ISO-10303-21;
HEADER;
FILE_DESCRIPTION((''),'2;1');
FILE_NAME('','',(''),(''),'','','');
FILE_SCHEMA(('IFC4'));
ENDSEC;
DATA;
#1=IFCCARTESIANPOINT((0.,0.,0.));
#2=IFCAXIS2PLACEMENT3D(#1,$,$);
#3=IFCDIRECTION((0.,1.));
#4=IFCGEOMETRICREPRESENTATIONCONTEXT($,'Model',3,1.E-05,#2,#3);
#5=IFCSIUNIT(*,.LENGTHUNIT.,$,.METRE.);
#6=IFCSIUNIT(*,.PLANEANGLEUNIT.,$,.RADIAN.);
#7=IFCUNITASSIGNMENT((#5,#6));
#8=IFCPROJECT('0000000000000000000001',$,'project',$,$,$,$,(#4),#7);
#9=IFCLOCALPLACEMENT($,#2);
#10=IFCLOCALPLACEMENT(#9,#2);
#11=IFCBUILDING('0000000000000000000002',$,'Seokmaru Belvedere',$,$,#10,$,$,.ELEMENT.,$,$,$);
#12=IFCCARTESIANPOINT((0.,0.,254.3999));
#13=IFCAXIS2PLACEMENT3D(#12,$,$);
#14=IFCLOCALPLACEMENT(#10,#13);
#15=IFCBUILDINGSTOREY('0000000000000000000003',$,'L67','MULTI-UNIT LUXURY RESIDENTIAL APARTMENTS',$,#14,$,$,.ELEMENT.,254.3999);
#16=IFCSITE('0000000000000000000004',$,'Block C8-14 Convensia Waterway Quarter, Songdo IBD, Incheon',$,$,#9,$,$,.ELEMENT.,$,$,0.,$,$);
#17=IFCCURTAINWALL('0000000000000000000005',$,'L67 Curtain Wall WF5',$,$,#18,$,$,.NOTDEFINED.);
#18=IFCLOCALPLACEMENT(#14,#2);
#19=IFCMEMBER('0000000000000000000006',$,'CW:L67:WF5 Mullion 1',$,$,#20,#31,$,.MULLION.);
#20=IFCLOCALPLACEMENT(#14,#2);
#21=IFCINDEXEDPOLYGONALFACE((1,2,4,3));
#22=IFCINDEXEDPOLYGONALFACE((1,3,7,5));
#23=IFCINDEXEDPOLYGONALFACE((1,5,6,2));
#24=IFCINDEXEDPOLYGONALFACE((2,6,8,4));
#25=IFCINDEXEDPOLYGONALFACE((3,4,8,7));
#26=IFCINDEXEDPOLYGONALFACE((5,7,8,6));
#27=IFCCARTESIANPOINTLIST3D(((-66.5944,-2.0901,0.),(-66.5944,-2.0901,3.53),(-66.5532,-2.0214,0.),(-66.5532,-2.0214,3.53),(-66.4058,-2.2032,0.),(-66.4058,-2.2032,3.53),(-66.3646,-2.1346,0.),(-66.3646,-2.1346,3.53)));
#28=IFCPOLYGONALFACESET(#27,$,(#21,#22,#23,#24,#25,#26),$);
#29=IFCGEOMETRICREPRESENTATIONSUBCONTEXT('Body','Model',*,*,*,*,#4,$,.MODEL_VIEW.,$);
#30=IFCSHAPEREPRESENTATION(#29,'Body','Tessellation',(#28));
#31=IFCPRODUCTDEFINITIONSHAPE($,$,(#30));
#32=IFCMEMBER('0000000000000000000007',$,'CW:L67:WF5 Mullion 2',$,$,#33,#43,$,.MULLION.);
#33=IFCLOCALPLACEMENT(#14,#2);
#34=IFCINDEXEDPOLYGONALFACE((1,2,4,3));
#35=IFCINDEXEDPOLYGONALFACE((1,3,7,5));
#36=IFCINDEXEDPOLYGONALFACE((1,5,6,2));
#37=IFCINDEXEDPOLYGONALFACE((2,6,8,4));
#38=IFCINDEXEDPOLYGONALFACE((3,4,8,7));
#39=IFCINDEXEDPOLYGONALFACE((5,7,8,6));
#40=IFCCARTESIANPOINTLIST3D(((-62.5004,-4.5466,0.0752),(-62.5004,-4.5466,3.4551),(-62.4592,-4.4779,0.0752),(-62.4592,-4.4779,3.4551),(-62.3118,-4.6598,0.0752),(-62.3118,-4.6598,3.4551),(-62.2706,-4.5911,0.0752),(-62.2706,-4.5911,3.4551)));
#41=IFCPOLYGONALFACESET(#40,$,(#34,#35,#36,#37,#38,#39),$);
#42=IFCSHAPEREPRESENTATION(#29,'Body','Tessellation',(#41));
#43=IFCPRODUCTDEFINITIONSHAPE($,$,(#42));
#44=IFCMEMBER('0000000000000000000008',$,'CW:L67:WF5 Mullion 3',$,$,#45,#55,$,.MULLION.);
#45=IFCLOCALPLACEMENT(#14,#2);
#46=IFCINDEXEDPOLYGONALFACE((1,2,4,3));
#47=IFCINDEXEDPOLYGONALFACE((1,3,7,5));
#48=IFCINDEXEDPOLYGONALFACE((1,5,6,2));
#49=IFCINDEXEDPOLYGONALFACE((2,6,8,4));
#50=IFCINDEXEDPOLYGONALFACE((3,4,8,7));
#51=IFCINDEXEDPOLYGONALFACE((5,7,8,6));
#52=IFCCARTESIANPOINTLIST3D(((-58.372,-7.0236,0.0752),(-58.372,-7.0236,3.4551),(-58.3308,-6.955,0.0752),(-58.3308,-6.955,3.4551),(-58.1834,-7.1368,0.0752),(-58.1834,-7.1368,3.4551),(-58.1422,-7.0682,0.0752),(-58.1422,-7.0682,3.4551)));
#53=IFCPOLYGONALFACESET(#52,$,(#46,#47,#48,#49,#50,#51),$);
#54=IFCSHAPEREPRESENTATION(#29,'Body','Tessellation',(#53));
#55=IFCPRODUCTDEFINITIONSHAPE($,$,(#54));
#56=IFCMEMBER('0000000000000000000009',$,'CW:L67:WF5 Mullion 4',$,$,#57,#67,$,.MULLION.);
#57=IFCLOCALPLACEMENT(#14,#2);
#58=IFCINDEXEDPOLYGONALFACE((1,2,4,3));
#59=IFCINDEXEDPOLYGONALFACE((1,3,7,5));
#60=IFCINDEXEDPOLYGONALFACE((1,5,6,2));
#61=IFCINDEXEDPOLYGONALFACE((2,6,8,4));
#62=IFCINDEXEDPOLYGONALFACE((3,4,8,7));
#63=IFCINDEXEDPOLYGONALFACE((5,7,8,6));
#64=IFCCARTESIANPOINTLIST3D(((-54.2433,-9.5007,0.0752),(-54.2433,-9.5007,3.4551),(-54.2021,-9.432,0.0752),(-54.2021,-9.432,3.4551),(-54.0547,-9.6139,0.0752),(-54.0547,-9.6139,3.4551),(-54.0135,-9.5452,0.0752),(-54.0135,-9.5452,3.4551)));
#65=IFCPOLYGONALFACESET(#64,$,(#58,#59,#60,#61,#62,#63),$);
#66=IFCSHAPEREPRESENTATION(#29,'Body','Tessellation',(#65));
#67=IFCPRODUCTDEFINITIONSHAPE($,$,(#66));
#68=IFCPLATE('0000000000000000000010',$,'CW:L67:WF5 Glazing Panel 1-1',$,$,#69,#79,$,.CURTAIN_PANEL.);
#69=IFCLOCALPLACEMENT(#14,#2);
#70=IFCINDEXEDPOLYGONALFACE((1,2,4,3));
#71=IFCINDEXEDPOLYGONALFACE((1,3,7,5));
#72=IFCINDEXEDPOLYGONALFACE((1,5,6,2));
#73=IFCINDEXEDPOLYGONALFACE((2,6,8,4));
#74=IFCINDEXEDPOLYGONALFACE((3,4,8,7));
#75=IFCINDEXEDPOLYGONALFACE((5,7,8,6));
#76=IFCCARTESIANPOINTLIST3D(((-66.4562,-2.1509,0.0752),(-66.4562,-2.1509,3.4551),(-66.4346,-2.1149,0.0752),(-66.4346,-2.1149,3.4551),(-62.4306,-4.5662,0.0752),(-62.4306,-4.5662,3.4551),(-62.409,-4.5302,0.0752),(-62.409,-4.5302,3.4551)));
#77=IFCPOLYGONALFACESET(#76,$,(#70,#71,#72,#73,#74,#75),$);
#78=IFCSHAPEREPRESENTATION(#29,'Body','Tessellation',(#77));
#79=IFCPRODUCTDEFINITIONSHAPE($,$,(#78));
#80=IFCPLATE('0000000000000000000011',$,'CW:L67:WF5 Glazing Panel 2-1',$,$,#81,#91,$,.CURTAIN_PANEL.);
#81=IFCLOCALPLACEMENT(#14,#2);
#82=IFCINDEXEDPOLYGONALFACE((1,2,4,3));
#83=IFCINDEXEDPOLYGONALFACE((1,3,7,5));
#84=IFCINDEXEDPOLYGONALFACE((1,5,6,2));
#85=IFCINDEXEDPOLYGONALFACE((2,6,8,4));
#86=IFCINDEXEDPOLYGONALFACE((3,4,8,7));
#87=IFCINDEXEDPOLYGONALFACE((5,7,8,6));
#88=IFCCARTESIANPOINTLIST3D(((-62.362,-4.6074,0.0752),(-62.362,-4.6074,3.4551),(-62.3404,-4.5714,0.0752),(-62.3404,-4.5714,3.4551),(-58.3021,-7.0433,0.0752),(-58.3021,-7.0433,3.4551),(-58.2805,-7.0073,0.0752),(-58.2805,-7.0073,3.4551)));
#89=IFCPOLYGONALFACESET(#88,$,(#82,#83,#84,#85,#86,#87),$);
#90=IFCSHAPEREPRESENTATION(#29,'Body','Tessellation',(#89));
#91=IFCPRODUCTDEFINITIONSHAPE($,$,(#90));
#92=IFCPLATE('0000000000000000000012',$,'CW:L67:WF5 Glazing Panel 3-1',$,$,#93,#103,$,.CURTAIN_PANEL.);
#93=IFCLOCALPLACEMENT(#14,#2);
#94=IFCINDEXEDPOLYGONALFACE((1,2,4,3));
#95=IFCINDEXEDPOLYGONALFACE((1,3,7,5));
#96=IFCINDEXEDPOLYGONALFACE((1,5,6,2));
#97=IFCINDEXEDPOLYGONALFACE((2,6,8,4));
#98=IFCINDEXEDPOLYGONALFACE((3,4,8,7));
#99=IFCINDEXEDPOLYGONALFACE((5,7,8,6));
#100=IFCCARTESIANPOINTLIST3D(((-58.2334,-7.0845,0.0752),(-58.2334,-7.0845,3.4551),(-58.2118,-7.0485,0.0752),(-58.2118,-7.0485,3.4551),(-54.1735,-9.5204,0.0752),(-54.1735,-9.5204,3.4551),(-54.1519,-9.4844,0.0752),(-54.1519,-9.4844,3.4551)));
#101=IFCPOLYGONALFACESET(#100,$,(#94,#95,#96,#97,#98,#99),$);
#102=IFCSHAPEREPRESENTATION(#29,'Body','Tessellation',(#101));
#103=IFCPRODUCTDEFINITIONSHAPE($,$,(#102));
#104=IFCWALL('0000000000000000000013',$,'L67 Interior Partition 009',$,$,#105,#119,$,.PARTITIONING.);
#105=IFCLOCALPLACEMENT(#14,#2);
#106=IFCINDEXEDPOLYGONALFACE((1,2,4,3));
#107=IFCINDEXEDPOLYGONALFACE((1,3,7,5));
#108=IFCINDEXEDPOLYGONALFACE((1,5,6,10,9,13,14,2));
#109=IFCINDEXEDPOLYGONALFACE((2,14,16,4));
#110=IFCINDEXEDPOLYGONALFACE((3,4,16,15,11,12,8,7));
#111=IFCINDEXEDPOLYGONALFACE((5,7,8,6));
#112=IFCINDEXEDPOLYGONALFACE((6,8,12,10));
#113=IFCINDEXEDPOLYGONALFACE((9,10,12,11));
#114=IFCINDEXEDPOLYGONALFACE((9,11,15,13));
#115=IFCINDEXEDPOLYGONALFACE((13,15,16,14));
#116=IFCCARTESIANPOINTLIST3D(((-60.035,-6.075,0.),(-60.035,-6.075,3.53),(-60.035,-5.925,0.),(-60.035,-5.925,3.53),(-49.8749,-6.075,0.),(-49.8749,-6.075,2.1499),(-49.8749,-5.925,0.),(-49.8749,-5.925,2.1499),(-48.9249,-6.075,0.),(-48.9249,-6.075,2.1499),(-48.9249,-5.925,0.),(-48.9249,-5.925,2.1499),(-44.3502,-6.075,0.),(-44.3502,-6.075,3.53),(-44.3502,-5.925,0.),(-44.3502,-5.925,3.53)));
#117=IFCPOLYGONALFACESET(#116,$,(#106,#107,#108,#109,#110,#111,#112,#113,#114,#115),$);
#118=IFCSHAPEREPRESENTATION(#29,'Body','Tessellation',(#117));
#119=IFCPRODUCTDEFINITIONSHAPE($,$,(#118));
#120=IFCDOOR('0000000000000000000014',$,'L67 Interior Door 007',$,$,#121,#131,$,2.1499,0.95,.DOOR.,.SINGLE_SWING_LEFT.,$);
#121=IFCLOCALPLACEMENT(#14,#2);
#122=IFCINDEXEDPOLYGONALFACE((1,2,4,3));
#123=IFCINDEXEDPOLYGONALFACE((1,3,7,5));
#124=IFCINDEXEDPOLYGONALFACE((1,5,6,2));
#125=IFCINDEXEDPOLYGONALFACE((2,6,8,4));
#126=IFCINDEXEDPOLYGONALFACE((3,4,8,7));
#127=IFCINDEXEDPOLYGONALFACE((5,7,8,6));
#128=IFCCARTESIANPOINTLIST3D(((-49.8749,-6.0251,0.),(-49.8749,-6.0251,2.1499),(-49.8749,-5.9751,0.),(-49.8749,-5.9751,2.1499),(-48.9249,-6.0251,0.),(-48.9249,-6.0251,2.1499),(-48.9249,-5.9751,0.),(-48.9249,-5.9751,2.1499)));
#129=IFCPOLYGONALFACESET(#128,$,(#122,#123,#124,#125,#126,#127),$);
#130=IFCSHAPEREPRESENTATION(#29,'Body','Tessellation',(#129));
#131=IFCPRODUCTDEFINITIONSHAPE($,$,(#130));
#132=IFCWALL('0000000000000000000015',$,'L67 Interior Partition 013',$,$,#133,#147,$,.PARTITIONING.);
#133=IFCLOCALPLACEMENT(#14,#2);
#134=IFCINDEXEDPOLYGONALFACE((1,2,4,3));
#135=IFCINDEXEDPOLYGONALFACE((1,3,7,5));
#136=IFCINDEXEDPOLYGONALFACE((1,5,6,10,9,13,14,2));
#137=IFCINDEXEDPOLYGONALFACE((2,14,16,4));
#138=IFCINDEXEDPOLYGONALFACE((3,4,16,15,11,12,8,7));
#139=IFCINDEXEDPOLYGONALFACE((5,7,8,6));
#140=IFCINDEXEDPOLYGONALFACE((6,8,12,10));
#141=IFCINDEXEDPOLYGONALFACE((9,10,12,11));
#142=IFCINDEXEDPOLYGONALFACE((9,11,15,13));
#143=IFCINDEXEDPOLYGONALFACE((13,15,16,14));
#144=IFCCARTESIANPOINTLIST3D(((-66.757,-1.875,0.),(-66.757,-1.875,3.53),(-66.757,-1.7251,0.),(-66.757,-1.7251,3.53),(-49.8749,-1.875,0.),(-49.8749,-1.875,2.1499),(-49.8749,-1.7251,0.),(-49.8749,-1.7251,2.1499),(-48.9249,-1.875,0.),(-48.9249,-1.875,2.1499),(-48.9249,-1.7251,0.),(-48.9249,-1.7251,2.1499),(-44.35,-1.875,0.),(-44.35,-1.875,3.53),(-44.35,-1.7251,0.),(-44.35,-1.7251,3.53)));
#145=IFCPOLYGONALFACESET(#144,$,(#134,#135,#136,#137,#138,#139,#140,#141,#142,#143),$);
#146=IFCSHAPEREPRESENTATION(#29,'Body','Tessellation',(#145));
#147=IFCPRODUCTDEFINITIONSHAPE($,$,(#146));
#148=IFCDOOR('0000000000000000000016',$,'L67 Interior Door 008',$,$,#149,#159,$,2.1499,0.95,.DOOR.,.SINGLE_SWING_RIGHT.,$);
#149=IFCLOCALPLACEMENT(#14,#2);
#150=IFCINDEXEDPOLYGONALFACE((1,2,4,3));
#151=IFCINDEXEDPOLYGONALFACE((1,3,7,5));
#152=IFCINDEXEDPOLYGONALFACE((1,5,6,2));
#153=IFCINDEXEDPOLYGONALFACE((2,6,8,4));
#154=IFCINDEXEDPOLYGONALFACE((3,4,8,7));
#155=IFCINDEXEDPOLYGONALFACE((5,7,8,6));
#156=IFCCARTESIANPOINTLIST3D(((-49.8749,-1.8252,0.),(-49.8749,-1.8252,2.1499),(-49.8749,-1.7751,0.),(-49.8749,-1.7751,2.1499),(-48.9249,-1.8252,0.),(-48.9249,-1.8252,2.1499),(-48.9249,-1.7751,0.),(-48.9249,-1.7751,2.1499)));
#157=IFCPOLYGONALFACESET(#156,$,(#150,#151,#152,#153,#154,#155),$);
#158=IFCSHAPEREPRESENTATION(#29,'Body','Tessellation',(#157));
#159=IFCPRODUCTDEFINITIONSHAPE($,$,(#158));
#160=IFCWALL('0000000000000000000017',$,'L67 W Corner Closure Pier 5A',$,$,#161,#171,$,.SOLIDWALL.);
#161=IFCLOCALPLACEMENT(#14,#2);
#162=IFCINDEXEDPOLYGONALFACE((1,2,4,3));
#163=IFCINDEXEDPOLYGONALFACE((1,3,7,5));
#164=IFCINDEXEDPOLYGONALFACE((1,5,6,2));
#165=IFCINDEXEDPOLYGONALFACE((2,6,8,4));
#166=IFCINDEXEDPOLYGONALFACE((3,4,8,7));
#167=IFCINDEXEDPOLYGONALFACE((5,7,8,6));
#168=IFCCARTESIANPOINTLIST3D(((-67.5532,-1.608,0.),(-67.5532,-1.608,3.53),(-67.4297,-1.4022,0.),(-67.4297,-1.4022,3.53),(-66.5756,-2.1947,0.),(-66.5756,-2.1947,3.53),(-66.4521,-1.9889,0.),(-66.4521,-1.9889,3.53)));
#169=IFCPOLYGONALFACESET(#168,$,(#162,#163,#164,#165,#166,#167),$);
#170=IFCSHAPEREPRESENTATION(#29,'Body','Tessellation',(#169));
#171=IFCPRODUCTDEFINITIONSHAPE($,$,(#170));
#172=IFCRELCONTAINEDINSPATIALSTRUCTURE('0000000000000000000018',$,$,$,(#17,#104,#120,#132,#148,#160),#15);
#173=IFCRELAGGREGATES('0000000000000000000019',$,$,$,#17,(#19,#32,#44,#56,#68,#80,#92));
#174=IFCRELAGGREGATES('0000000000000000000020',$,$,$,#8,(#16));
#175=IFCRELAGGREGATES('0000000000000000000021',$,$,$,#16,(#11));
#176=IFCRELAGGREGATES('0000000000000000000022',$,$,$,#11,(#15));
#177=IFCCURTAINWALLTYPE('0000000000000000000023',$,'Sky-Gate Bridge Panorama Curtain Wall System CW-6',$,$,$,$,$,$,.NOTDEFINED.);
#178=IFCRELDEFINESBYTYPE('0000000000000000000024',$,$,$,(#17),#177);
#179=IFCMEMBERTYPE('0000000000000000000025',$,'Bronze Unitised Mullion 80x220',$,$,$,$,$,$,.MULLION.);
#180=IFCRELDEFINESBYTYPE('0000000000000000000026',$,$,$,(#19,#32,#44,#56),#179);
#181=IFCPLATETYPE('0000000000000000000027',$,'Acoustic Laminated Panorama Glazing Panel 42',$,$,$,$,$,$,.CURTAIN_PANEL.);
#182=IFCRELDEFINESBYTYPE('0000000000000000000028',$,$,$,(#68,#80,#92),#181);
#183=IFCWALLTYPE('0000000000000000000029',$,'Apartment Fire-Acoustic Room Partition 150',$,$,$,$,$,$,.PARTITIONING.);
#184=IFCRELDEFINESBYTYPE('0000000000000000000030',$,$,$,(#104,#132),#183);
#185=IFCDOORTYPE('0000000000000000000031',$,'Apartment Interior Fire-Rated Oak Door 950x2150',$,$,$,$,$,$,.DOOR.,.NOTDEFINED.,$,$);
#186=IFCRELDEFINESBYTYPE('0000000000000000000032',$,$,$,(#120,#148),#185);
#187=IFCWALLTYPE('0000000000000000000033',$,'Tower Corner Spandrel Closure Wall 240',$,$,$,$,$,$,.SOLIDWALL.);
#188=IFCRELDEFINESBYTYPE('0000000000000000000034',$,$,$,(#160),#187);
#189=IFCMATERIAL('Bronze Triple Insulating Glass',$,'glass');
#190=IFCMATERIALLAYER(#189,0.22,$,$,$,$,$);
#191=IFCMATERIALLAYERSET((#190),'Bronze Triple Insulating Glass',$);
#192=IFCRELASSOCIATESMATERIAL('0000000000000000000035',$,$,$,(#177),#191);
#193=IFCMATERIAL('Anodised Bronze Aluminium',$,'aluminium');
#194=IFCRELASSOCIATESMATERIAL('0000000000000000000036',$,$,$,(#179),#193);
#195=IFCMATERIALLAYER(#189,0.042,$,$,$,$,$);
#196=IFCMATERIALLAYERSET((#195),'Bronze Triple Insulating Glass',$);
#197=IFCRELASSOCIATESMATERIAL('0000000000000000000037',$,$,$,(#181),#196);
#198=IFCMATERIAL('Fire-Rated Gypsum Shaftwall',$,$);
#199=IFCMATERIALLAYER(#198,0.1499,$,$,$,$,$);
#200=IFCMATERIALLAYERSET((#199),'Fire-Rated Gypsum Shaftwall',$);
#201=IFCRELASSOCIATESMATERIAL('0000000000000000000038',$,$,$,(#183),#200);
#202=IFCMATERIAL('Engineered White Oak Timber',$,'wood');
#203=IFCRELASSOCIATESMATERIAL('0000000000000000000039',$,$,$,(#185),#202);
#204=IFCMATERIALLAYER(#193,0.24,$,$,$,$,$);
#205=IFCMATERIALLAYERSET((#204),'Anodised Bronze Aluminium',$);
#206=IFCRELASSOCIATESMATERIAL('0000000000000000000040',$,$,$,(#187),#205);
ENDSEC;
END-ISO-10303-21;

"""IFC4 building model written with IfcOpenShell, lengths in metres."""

from ifc_helpers import new_model, si_unit, direction, frame, frame_2d, origin, origin_2d, place, context, subcontext, project, spatial, rectangle, extrude, source, transform, mapped, material, layer, layer_set, material_profile, profile_set, type_object, type_shapes, element, fill, aggregate, save


model = new_model("IFC4")

# Units and contexts
model_context = context("Model", 3, precision=1e-05, world=origin(), true_north=direction((0.0, 1.0)))
body_context = subcontext(model_context, "Body", "Model", "MODEL_VIEW")
ifc_project = project(units=[si_unit("LENGTHUNIT", "METRE"), si_unit("PLANEANGLEUNIT", "RADIAN")], contexts=[model_context])

# Site, building, storey
site_placement = place(None, origin())
site = spatial("IfcSite", under=ifc_project, at=site_placement, Name="Block C8-14 Convensia Waterway Quarter, Songdo IBD, Incheon", CompositionType="ELEMENT", RefElevation=0.0)
building_placement = place(site_placement, origin())
building = spatial("IfcBuilding", under=site, at=building_placement, Name="Seokmaru Belvedere", CompositionType="ELEMENT")
storey_placement = place(building_placement, frame((0.0, 0.0, 254.3999)))
storey = spatial("IfcBuildingStorey", under=building, at=storey_placement, Name="L67", Description="MULTI-UNIT LUXURY RESIDENTIAL APARTMENTS", CompositionType="ELEMENT", Elevation=254.3999)

# Curtain wall, members, plates
ifc_material_1 = material(Name="Bronze Triple Insulating Glass", Category="glass")
ifc_layer_1 = layer(ifc_material_1, 0.22)
ifc_layer_set_1 = layer_set([ifc_layer_1], Name="Bronze Triple Insulating Glass")
curtain_wall_type = type_object("IfcCurtainWallType", Name="Sky-Gate Bridge Panorama Curtain Wall System CW-6", PredefinedType="NOTDEFINED", material=ifc_layer_set_1)
curtain_wall_placement = place(storey_placement, origin())
curtain_wall = element("IfcCurtainWall", 1, at=curtain_wall_placement, inside=storey, type_object=curtain_wall_type, Name="L67 Curtain Wall WF5", PredefinedType="NOTDEFINED")
ifc_material_2 = material(Name="Anodised Bronze Aluminium", Category="aluminium")
ifc_material_profile_1 = material_profile(ifc_material_2, rectangle(XDim=0.0801, YDim=0.22, at=origin_2d()), Name="CW-M-80x220")
ifc_profile_set_1 = profile_set([ifc_material_profile_1], Name="Anodised Bronze Aluminium")
member_type_1 = type_object("IfcMemberType", Name="Bronze Unitised Mullion 80x220", PredefinedType="MULLION", material=ifc_profile_set_1)
shared_shape_1 = source(origin(), body_context, "Body", "SweptSolid", [
    extrude(rectangle(XDim=0.0801, YDim=0.22, at=origin_2d()), origin(), (0.0, 0.0, 1.0), 3.53),
])
member_1_placement = place(storey_placement, frame((-66.4795, -2.1123, 0.0), z_axis=(0.0, 0.0, 1.0), x_axis=(0.514495, 0.857493, 0.0)))
member_1 = element("IfcMember", 2, at=member_1_placement, type_object=member_type_1, Name="CW:L67:WF5 Mullion 1", PredefinedType="MULLION", context=body_context, shape_type="MappedRepresentation", body=[
    mapped(shared_shape_1, transform((0.0, 0.0, 0.0), scale=1.0)),
])
shared_shape_2 = source(origin(), body_context, "Body", "SweptSolid", [
    extrude(rectangle(XDim=0.0801, YDim=0.22, at=origin_2d()), origin(), (0.0, 0.0, 1.0), 3.3799),
])
type_shapes(member_type_1, [shared_shape_1, shared_shape_2])
member_2_placement = place(storey_placement, frame((-62.3855, -4.5688, 0.0752), z_axis=(0.0, 0.0, 1.0), x_axis=(0.514495, 0.857493, 0.0)))
member_2 = element("IfcMember", 3, at=member_2_placement, type_object=member_type_1, Name="CW:L67:WF5 Mullion 2", PredefinedType="MULLION", context=body_context, shape_type="MappedRepresentation", body=[
    mapped(shared_shape_2, transform((0.0, 0.0, 0.0), scale=1.0)),
])
member_3_placement = place(storey_placement, frame((-58.2571, -7.0459, 0.0752), z_axis=(0.0, 0.0, 1.0), x_axis=(0.514495, 0.857493, 0.0)))
member_3 = element("IfcMember", 4, at=member_3_placement, type_object=member_type_1, Name="CW:L67:WF5 Mullion 3", PredefinedType="MULLION", context=body_context, shape_type="MappedRepresentation", body=[
    mapped(shared_shape_2, transform((0.0, 0.0, 0.0), scale=1.0)),
])
member_4_placement = place(storey_placement, frame((-54.1284, -9.5229, 0.0752), z_axis=(0.0, 0.0, 1.0), x_axis=(0.514495, 0.857493, 0.0)))
member_4 = element("IfcMember", 5, at=member_4_placement, type_object=member_type_1, Name="CW:L67:WF5 Mullion 4", PredefinedType="MULLION", context=body_context, shape_type="MappedRepresentation", body=[
    mapped(shared_shape_2, transform((0.0, 0.0, 0.0), scale=1.0)),
])
ifc_layer_2 = layer(ifc_material_1, 0.042)
ifc_layer_set_2 = layer_set([ifc_layer_2], Name="Bronze Triple Insulating Glass")
plate_type = type_object("IfcPlateType", Name="Acoustic Laminated Panorama Glazing Panel 42", PredefinedType="CURTAIN_PANEL", material=ifc_layer_set_2)
shared_shape_3 = source(origin(), body_context, "Body", "SweptSolid", [
    extrude(rectangle(XDim=4.6946, YDim=0.042, at=origin_2d()), origin(), (0.0, 0.0, 1.0), 3.3799),
])
plate_1_placement = place(storey_placement, frame((-64.4326, -3.3406, 0.0752), z_axis=(0.0, 0.0, 1.0), x_axis=(0.857493, -0.514495, 0.0)))
plate_1 = element("IfcPlate", 6, at=plate_1_placement, type_object=plate_type, Name="CW:L67:WF5 Glazing Panel 1-1", PredefinedType="CURTAIN_PANEL", context=body_context, shape_type="MappedRepresentation", body=[
    mapped(shared_shape_3, transform((0.0, 0.0, 0.0), scale=1.0)),
])
shared_shape_4 = source(origin(), body_context, "Body", "SweptSolid", [
    extrude(rectangle(XDim=4.7346, YDim=0.042, at=origin_2d()), origin(), (0.0, 0.0, 1.0), 3.3799),
])
type_shapes(plate_type, [shared_shape_3, shared_shape_4])
plate_2_placement = place(storey_placement, frame((-60.3213, -5.8074, 0.0752), z_axis=(0.0, 0.0, 1.0), x_axis=(0.857493, -0.514495, 0.0)))
plate_2 = element("IfcPlate", 7, at=plate_2_placement, type_object=plate_type, Name="CW:L67:WF5 Glazing Panel 2-1", PredefinedType="CURTAIN_PANEL", context=body_context, shape_type="MappedRepresentation", body=[
    mapped(shared_shape_4, transform((0.0, 0.0, 0.0), scale=1.0)),
])
plate_3_placement = place(storey_placement, frame((-56.1926, -8.2844, 0.0752), z_axis=(0.0, 0.0, 1.0), x_axis=(0.857493, -0.514495, 0.0)))
plate_3 = element("IfcPlate", 8, at=plate_3_placement, type_object=plate_type, Name="CW:L67:WF5 Glazing Panel 3-1", PredefinedType="CURTAIN_PANEL", context=body_context, shape_type="MappedRepresentation", body=[
    mapped(shared_shape_4, transform((0.0, 0.0, 0.0), scale=1.0)),
])
aggregate(curtain_wall, [member_1, member_2, member_3, member_4, plate_1, plate_2, plate_3])

# Walls, openings, doors
ifc_material_3 = material(Name="Fire-Rated Gypsum Shaftwall")
ifc_layer_3 = layer(ifc_material_3, 0.1499)
ifc_layer_set_3 = layer_set([ifc_layer_3], Name="Fire-Rated Gypsum Shaftwall")
wall_type_1 = type_object("IfcWallType", Name="Apartment Fire-Acoustic Room Partition 150", PredefinedType="PARTITIONING", material=ifc_layer_set_3)
wall_1_placement = place(storey_placement, frame((-60.0349, -6.0, 0.0), z_axis=(0.0, 0.0, 1.0), x_axis=(1.0, 0.0, 0.0)))
wall_1 = element("IfcWall", 9, at=wall_1_placement, inside=storey, type_object=wall_type_1, Name="L67 Interior Partition 009", PredefinedType="PARTITIONING", context=body_context, shape_type="SweptSolid", body=[
    extrude(rectangle(XDim=15.6848, YDim=0.1499, at=frame_2d((7.8423, 0.0))), origin(), (0.0, 0.0, 1.0), 3.53),
])
opening_1_placement = place(wall_1_placement, frame((10.1599, 0.0, 0.0)))
opening_1 = element("IfcOpeningElement", 10, at=opening_1_placement, cuts=wall_1, PredefinedType="OPENING", context=body_context, shape_type="SweptSolid", body=[
    extrude(rectangle(XDim=0.95, YDim=2.1499, at=frame_2d((0.4751, 1.075))), frame((0.0, 0.085, 0.0), z_axis=(0.0, -1.0, 0.0), x_axis=(1.0, 0.0, 0.0)), (0.0, 0.0, 1.0), 0.1699),
])
ifc_material_4 = material(Name="Engineered White Oak Timber", Category="wood")
door_type = type_object("IfcDoorType", Name="Apartment Interior Fire-Rated Oak Door 950x2150", OperationType="NOTDEFINED", PredefinedType="DOOR", material=ifc_material_4)
shared_shape_5 = source(origin(), body_context, "Body", "SweptSolid", [
    extrude(rectangle(XDim=0.95, YDim=2.1499, at=frame_2d((0.4751, 1.075))), frame((0.0, 0.0249, 0.0), z_axis=(0.0, -1.0, 0.0), x_axis=(1.0, 0.0, 0.0)), (0.0, 0.0, 1.0), 0.05),
])
type_shapes(door_type, [shared_shape_5])
door_1_placement = place(opening_1_placement, origin())
door_1 = element("IfcDoor", 11, at=door_1_placement, inside=storey, type_object=door_type, Name="L67 Interior Door 007", OperationType="SINGLE_SWING_LEFT", OverallHeight=2.1499, OverallWidth=0.95, PredefinedType="DOOR", context=body_context, shape_type="MappedRepresentation", body=[
    mapped(shared_shape_5, transform((0.0, 0.0, 0.0), scale=1.0)),
])
fill(opening_1, door_1)
wall_2_placement = place(storey_placement, frame((-66.7571, -1.8, 0.0), z_axis=(0.0, 0.0, 1.0), x_axis=(1.0, 0.0, 0.0)))
wall_2 = element("IfcWall", 12, at=wall_2_placement, inside=storey, type_object=wall_type_1, Name="L67 Interior Partition 013", PredefinedType="PARTITIONING", context=body_context, shape_type="SweptSolid", body=[
    extrude(rectangle(XDim=22.407, YDim=0.1499, at=frame_2d((11.2036, 0.0))), origin(), (0.0, 0.0, 1.0), 3.53),
])
opening_2_placement = place(wall_2_placement, frame((16.8821, 0.0, 0.0)))
opening_2 = element("IfcOpeningElement", 13, at=opening_2_placement, cuts=wall_2, PredefinedType="OPENING", context=body_context, shape_type="SweptSolid", body=[
    extrude(rectangle(XDim=0.95, YDim=2.1499, at=frame_2d((0.4751, 1.075))), frame((0.0, 0.085, 0.0), z_axis=(0.0, -1.0, 0.0), x_axis=(1.0, 0.0, 0.0)), (0.0, 0.0, 1.0), 0.1699),
])
door_2_placement = place(opening_2_placement, origin())
door_2 = element("IfcDoor", 14, at=door_2_placement, inside=storey, type_object=door_type, Name="L67 Interior Door 008", OperationType="SINGLE_SWING_RIGHT", OverallHeight=2.1499, OverallWidth=0.95, PredefinedType="DOOR", context=body_context, shape_type="MappedRepresentation", body=[
    mapped(shared_shape_5, transform((0.0, 0.0, 0.0), scale=1.0)),
])
fill(opening_2, door_2)

# Wall
ifc_layer_4 = layer(ifc_material_2, 0.24)
ifc_layer_set_4 = layer_set([ifc_layer_4], Name="Anodised Bronze Aluminium")
wall_type_2 = type_object("IfcWallType", Name="Tower Corner Spandrel Closure Wall 240", PredefinedType="SOLIDWALL", material=ifc_layer_set_4)
wall_3_placement = place(storey_placement, frame((-67.4915, -1.5051, 0.0), z_axis=(0.0, 0.0, 1.0), x_axis=(0.857436, -0.51459, 0.0)))
element("IfcWall", 15, at=wall_3_placement, inside=storey, type_object=wall_type_2, Name="L67 W Corner Closure Pier 5A", PredefinedType="SOLIDWALL", context=body_context, shape_type="SweptSolid", body=[
    extrude(rectangle(XDim=1.1401, YDim=0.24, at=frame_2d((0.5701, 0.0))), origin(), (0.0, 0.0, 1.0), 3.53),
])

save(model, "model.ifc")
